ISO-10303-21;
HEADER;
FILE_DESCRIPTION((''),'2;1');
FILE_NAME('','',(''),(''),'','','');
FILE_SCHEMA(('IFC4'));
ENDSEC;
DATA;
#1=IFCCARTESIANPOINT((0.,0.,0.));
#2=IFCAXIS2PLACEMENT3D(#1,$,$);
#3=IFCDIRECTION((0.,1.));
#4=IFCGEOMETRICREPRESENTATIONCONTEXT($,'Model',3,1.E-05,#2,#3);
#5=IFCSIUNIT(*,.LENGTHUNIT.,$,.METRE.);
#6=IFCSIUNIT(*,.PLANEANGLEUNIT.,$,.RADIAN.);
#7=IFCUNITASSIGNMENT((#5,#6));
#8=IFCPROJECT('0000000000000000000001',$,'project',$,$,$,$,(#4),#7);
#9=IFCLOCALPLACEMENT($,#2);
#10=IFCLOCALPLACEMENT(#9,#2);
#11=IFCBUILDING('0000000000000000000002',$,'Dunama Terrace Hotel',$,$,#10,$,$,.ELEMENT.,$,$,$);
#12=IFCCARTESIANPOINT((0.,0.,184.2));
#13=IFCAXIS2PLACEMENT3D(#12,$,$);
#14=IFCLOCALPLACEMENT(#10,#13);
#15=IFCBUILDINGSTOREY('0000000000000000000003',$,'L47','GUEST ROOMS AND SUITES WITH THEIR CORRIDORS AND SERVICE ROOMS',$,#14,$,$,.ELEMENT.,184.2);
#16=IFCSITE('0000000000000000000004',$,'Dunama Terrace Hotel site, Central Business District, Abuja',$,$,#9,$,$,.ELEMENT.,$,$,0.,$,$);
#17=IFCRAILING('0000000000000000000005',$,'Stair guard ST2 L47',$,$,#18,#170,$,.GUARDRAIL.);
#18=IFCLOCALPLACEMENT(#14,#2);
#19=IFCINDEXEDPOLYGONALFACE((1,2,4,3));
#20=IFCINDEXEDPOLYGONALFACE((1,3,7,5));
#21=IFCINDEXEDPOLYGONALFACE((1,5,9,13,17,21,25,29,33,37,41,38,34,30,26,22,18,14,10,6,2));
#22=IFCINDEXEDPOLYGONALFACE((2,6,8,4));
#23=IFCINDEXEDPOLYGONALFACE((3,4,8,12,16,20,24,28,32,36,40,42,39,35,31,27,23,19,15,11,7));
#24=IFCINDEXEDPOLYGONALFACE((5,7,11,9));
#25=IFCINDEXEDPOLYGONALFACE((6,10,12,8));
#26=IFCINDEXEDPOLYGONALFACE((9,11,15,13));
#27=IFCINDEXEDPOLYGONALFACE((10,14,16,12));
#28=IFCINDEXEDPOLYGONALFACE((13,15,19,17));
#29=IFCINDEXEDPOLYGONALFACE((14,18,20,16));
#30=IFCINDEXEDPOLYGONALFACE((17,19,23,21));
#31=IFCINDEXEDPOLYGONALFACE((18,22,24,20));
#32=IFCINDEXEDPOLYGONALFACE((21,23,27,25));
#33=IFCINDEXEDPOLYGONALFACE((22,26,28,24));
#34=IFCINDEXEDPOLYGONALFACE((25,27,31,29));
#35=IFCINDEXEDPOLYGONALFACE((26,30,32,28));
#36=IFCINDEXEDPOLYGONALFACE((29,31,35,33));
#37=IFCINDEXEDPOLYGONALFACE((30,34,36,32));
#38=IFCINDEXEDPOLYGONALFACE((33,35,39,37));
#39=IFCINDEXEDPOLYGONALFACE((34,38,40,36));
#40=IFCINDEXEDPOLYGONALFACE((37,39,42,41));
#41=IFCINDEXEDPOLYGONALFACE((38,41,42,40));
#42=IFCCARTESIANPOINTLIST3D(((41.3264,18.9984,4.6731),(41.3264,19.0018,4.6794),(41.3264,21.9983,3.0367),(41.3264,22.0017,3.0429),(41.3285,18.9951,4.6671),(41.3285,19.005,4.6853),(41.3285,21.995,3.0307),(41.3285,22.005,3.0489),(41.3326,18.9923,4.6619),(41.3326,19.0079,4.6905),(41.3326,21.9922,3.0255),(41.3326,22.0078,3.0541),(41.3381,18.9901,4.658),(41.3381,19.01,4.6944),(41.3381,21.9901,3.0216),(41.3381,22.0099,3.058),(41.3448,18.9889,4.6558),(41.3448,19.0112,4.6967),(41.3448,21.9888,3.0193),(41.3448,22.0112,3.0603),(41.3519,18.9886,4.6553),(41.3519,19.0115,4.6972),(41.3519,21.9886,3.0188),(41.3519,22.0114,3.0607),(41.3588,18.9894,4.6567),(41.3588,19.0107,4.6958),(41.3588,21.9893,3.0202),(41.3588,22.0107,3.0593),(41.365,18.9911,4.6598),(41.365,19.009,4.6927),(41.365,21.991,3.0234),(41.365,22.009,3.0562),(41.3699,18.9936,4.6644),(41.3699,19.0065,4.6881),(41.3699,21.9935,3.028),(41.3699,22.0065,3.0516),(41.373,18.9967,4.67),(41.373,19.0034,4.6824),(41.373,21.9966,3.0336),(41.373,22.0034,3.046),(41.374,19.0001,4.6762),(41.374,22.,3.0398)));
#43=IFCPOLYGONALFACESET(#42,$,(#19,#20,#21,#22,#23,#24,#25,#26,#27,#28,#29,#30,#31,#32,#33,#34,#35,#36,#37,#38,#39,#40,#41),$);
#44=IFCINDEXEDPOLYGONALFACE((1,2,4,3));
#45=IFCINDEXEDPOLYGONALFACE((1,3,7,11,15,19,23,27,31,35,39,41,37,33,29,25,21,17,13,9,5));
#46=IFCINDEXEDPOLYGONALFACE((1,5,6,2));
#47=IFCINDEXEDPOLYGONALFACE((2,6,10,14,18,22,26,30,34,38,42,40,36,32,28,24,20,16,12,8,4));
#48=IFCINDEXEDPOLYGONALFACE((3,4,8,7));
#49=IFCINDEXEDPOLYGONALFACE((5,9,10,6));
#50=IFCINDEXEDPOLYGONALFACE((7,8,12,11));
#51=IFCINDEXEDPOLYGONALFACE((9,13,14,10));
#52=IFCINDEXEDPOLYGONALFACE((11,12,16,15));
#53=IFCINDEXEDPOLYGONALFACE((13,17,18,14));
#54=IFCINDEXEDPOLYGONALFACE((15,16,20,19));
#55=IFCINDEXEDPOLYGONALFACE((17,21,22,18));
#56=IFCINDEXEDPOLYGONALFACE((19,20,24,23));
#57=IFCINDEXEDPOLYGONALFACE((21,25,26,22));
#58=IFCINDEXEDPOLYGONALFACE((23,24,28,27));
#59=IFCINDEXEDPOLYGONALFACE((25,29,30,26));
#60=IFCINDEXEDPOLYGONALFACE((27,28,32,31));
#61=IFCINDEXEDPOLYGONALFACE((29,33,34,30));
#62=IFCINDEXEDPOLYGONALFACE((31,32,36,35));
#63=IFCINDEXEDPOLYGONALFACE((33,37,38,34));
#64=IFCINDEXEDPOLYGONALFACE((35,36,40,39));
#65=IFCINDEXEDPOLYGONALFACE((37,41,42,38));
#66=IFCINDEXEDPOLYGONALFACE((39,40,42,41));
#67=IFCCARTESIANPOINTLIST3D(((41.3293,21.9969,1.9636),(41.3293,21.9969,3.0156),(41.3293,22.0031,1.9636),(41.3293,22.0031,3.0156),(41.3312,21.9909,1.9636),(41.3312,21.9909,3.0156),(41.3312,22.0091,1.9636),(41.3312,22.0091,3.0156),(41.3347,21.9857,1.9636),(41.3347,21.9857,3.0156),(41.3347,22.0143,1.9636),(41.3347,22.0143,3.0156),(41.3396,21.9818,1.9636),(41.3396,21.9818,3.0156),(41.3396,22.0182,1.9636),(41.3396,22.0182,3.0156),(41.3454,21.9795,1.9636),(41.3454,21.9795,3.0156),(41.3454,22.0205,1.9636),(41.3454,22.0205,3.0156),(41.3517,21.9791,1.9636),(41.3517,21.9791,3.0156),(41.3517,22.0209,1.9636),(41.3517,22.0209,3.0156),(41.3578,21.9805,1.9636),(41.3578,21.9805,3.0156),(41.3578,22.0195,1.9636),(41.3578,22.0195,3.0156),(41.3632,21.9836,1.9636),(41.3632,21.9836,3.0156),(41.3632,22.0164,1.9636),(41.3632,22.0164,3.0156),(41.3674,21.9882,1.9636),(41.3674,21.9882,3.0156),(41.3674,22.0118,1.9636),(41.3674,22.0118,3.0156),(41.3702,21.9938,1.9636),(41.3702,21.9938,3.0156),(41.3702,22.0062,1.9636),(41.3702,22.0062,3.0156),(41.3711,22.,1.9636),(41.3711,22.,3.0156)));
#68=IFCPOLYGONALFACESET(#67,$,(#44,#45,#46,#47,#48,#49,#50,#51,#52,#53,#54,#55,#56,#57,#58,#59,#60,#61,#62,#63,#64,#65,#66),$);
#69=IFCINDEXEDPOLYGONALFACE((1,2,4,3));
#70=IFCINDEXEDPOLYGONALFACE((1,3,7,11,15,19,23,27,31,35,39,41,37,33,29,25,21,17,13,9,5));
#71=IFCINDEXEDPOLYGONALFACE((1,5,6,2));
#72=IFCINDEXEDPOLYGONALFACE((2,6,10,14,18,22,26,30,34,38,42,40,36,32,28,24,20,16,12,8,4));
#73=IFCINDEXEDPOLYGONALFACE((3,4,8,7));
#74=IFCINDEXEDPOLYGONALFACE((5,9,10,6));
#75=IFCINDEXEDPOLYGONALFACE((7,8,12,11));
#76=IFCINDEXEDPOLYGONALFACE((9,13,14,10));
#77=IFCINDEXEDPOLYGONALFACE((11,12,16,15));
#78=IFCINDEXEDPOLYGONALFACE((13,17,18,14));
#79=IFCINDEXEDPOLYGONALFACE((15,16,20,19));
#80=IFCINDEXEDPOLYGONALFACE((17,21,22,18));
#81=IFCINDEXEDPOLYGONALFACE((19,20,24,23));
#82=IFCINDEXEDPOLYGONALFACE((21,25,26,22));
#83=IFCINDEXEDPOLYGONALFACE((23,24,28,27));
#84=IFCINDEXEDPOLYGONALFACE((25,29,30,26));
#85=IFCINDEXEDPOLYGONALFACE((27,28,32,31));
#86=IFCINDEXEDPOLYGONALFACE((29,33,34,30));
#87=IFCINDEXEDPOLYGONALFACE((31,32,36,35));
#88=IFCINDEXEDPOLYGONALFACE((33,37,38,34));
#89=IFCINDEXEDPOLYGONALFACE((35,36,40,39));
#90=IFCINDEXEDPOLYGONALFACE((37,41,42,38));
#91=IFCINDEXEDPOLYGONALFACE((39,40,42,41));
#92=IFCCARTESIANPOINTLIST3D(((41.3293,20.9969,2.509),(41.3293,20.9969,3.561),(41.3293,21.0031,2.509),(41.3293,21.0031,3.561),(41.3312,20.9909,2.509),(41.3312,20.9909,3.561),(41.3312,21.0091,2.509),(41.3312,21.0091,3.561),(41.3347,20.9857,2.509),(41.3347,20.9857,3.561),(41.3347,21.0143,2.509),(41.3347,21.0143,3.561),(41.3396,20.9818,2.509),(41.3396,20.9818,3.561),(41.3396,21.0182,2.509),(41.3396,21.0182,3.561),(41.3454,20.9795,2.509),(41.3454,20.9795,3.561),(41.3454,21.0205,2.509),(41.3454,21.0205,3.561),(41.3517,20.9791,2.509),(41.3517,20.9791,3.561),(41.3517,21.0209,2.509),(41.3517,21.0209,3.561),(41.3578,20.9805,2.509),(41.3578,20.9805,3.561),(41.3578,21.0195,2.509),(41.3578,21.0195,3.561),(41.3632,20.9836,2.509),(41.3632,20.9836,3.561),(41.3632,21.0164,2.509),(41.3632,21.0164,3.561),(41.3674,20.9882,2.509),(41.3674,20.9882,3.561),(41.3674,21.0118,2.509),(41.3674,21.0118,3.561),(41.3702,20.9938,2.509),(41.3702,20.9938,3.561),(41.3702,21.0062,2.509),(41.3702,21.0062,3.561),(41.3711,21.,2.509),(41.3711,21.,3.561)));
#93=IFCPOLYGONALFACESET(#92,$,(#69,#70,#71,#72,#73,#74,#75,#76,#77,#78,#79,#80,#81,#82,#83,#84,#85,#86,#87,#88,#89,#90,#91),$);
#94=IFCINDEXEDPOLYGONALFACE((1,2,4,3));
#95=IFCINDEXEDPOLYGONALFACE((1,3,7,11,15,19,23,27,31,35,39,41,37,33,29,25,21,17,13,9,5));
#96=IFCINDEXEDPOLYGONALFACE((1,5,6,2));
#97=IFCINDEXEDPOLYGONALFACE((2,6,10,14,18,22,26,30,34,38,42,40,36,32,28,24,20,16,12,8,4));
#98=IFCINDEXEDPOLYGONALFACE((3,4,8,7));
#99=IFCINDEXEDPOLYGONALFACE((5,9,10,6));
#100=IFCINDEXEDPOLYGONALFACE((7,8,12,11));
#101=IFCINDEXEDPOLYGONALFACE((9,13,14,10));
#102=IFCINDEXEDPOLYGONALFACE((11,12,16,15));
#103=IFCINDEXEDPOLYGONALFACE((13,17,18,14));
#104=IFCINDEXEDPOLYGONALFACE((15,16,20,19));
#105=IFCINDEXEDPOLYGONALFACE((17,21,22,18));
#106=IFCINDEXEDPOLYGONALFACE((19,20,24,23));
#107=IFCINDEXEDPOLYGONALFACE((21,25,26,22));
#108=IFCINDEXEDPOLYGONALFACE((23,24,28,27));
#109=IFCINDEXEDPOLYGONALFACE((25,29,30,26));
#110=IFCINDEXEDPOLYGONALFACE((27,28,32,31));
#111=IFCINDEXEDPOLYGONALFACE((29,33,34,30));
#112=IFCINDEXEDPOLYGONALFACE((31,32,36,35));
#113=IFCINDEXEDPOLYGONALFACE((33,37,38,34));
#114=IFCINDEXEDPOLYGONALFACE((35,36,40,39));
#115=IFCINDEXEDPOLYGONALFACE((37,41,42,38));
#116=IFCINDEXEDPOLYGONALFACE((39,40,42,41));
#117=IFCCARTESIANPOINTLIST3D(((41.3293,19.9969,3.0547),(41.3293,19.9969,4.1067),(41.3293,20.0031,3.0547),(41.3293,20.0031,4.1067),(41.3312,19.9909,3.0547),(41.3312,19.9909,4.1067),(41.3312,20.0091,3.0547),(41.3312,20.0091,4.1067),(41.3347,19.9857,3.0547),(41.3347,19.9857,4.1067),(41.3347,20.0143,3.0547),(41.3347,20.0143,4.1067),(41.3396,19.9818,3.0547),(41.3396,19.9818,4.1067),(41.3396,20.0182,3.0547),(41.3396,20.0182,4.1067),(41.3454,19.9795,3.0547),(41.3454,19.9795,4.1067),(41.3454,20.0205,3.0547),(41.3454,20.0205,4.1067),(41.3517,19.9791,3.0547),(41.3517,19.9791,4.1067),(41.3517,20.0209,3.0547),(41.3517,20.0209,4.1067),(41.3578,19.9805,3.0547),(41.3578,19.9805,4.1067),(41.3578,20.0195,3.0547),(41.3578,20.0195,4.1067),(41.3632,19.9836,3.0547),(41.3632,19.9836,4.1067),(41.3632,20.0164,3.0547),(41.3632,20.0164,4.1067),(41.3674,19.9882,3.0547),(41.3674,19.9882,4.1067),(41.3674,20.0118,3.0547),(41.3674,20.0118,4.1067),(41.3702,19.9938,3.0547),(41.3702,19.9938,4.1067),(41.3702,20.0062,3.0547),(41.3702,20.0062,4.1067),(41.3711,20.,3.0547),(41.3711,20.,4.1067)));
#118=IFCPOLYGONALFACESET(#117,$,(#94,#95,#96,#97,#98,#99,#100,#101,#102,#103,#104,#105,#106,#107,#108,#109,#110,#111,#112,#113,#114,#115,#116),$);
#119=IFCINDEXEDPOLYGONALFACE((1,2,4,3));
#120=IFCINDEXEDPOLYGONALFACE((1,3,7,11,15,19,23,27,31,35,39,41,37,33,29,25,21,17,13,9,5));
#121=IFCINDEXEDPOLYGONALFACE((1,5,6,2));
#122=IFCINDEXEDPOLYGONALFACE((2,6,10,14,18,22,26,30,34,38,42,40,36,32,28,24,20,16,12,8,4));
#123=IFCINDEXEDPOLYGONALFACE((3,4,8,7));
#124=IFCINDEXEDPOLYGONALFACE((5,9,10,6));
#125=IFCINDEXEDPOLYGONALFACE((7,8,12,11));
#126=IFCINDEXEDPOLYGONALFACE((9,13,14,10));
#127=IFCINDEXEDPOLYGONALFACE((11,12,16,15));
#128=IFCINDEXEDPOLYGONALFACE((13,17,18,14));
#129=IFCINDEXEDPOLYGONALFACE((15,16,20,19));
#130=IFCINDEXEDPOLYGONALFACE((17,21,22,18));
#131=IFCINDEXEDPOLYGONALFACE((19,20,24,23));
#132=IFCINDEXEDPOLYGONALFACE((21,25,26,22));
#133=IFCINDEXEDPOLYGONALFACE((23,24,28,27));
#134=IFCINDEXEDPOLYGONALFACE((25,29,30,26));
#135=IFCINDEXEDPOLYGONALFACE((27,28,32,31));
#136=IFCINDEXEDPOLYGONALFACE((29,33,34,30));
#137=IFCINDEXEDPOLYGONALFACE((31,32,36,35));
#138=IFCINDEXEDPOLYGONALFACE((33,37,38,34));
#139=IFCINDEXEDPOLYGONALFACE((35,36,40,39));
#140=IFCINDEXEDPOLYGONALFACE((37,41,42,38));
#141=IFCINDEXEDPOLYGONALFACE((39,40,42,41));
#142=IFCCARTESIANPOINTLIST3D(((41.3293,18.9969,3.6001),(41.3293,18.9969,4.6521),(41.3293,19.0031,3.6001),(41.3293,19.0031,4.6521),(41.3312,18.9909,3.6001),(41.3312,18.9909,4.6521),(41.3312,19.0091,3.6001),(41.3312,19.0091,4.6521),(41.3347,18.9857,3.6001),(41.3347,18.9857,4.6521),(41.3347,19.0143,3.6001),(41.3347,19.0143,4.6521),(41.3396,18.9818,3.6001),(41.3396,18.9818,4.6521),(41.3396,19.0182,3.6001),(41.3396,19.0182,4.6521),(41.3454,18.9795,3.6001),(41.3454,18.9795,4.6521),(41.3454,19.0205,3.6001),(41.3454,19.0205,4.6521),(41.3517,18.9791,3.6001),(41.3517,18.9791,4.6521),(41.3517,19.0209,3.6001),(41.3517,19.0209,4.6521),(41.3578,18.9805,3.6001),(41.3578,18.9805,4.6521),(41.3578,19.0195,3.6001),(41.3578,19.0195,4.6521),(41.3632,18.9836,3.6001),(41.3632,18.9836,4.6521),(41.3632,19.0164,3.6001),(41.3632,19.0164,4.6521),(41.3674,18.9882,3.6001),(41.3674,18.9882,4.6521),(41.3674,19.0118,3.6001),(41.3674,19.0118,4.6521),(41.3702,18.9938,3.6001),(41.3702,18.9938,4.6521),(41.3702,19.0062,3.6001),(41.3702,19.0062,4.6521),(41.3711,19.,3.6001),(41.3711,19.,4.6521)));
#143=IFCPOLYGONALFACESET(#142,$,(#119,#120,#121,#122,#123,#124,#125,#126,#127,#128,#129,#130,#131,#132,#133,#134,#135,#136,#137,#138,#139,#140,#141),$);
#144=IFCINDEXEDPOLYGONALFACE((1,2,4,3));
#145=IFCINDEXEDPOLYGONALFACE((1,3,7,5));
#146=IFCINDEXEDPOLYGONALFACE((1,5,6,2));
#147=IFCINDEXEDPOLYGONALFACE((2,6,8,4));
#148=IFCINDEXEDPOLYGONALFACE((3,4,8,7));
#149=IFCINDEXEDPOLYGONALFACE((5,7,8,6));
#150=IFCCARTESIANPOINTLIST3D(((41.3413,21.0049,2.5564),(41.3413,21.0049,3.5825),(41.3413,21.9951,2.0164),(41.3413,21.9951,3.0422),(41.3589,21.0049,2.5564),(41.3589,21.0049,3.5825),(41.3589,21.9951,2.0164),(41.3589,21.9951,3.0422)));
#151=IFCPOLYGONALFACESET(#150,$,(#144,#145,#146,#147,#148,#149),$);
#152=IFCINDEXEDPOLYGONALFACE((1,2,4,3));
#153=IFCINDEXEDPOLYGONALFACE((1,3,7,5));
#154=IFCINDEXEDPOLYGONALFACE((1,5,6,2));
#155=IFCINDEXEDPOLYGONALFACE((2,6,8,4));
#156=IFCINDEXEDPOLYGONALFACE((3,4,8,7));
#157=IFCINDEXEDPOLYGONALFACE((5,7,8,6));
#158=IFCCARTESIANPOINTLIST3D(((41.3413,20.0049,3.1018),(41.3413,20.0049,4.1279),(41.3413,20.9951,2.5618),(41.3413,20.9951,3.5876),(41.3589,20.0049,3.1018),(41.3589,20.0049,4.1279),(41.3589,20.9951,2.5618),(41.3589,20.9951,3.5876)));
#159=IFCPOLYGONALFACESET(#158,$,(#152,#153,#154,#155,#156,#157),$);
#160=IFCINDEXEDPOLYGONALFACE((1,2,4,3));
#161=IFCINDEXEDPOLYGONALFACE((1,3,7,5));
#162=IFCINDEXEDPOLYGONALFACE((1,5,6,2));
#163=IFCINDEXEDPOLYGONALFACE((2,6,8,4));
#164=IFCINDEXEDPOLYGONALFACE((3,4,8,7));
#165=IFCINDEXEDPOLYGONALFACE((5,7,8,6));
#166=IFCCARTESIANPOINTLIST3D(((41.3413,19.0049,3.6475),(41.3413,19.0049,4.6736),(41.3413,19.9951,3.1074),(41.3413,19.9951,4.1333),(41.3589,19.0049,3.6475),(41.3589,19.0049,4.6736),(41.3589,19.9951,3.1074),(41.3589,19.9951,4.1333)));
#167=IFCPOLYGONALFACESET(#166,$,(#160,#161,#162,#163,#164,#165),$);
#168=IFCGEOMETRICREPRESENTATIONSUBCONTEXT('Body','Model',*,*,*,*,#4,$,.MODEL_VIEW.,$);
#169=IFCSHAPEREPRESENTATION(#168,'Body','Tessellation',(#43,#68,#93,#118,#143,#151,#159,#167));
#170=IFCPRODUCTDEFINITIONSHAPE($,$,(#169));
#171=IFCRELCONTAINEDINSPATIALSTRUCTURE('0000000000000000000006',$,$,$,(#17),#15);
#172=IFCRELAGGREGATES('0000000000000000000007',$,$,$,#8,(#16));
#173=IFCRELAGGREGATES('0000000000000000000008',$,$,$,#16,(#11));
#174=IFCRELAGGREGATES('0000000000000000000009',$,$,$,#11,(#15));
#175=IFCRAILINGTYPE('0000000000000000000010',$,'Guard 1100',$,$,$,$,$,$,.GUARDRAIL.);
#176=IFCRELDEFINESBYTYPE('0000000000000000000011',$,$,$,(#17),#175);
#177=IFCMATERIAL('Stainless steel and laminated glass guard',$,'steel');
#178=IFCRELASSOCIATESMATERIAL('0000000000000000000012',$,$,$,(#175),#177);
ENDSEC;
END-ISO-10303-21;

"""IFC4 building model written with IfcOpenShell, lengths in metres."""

from ifc_helpers import new_model, si_unit, direction, frame, origin, origin_2d, place, context, subcontext, project, spatial, polyline, circle, outline, extrude, material, type_object, element, save


model = new_model("IFC4")

# Units and contexts
model_context = context("Model", 3, precision=1e-05, world=origin(), true_north=direction((0.0, 1.0)))
body_context = subcontext(model_context, "Body", "Model", "MODEL_VIEW")
ifc_project = project(units=[si_unit("LENGTHUNIT", "METRE"), si_unit("PLANEANGLEUNIT", "RADIAN")], contexts=[model_context])

# Site, building, storey
site_placement = place(None, origin())
site = spatial("IfcSite", under=ifc_project, at=site_placement, Name="Dunama Terrace Hotel site, Central Business District, Abuja", CompositionType="ELEMENT", RefElevation=0.0)
building_placement = place(site_placement, origin())
building = spatial("IfcBuilding", under=site, at=building_placement, Name="Dunama Terrace Hotel", CompositionType="ELEMENT")
storey_placement = place(building_placement, frame((0.0, 0.0, 184.2)))
storey = spatial("IfcBuildingStorey", under=building, at=storey_placement, Name="L47", Description="GUEST ROOMS AND SUITES WITH THEIR CORRIDORS AND SERVICE ROOMS", CompositionType="ELEMENT", Elevation=184.2)

# Railing
ifc_material_1 = material(Name="Stainless steel and laminated glass guard", Category="steel")
railing_type_1 = type_object("IfcRailingType", Name="Guard 1100", PredefinedType="GUARDRAIL", material=ifc_material_1)
railing_1_placement = place(storey_placement, frame((41.3501, 22.0, 1.9636)))
element("IfcRailing", 1, at=railing_1_placement, inside=storey, type_object=railing_type_1, Name="Stair guard ST2 L47", PredefinedType="GUARDRAIL", context=body_context, shape_type="SweptSolid", body=[
    extrude(circle(Radius=0.0239, at=origin_2d()), frame((0.0, 0.0, 1.0762), z_axis=(0.0, -0.877882, 0.478877), x_axis=(1.0, 0.0, 0.0)), (0.0, 0.0, 1.0), 3.4172),
    extrude(circle(Radius=0.021, at=origin_2d()), origin(), (0.0, 0.0, 1.0), 1.052),
    extrude(circle(Radius=0.021, at=origin_2d()), frame((0.0, -1.0, 0.5454)), (0.0, 0.0, 1.0), 1.052),
    extrude(circle(Radius=0.021, at=origin_2d()), frame((0.0, -2.0, 1.0911)), (0.0, 0.0, 1.0), 1.052),
    extrude(circle(Radius=0.021, at=origin_2d()), frame((0.0, -3.0, 1.6365)), (0.0, 0.0, 1.0), 1.052),
    extrude(outline(polyline([(0.0049, 0.0527), (0.9951, 0.5928), (0.9951, 1.6189), (0.0049, 1.0786), (0.0049, 0.0527)])), frame((0.0088, 0.0, 0.0), z_axis=(-1.0, 0.0, 0.0), x_axis=(0.0, -1.0, 0.0)), (0.0, 0.0, 1.0), 0.0176),
    extrude(outline(polyline([(0.0049, 0.0527), (0.9951, 0.5928), (0.9951, 1.6189), (0.0049, 1.0786), (0.0049, 0.0527)])), frame((0.0088, -1.0, 0.5454), z_axis=(-1.0, 0.0, 0.0), x_axis=(0.0, -1.0, 0.0)), (0.0, 0.0, 1.0), 0.0176),
    extrude(outline(polyline([(0.0049, 0.0527), (0.9951, 0.5928), (0.9951, 1.6189), (0.0049, 1.0786), (0.0049, 0.0527)])), frame((0.0088, -2.0, 1.0911), z_axis=(-1.0, 0.0, 0.0), x_axis=(0.0, -1.0, 0.0)), (0.0, 0.0, 1.0), 0.0176),
])

save(model, "model.ifc")
